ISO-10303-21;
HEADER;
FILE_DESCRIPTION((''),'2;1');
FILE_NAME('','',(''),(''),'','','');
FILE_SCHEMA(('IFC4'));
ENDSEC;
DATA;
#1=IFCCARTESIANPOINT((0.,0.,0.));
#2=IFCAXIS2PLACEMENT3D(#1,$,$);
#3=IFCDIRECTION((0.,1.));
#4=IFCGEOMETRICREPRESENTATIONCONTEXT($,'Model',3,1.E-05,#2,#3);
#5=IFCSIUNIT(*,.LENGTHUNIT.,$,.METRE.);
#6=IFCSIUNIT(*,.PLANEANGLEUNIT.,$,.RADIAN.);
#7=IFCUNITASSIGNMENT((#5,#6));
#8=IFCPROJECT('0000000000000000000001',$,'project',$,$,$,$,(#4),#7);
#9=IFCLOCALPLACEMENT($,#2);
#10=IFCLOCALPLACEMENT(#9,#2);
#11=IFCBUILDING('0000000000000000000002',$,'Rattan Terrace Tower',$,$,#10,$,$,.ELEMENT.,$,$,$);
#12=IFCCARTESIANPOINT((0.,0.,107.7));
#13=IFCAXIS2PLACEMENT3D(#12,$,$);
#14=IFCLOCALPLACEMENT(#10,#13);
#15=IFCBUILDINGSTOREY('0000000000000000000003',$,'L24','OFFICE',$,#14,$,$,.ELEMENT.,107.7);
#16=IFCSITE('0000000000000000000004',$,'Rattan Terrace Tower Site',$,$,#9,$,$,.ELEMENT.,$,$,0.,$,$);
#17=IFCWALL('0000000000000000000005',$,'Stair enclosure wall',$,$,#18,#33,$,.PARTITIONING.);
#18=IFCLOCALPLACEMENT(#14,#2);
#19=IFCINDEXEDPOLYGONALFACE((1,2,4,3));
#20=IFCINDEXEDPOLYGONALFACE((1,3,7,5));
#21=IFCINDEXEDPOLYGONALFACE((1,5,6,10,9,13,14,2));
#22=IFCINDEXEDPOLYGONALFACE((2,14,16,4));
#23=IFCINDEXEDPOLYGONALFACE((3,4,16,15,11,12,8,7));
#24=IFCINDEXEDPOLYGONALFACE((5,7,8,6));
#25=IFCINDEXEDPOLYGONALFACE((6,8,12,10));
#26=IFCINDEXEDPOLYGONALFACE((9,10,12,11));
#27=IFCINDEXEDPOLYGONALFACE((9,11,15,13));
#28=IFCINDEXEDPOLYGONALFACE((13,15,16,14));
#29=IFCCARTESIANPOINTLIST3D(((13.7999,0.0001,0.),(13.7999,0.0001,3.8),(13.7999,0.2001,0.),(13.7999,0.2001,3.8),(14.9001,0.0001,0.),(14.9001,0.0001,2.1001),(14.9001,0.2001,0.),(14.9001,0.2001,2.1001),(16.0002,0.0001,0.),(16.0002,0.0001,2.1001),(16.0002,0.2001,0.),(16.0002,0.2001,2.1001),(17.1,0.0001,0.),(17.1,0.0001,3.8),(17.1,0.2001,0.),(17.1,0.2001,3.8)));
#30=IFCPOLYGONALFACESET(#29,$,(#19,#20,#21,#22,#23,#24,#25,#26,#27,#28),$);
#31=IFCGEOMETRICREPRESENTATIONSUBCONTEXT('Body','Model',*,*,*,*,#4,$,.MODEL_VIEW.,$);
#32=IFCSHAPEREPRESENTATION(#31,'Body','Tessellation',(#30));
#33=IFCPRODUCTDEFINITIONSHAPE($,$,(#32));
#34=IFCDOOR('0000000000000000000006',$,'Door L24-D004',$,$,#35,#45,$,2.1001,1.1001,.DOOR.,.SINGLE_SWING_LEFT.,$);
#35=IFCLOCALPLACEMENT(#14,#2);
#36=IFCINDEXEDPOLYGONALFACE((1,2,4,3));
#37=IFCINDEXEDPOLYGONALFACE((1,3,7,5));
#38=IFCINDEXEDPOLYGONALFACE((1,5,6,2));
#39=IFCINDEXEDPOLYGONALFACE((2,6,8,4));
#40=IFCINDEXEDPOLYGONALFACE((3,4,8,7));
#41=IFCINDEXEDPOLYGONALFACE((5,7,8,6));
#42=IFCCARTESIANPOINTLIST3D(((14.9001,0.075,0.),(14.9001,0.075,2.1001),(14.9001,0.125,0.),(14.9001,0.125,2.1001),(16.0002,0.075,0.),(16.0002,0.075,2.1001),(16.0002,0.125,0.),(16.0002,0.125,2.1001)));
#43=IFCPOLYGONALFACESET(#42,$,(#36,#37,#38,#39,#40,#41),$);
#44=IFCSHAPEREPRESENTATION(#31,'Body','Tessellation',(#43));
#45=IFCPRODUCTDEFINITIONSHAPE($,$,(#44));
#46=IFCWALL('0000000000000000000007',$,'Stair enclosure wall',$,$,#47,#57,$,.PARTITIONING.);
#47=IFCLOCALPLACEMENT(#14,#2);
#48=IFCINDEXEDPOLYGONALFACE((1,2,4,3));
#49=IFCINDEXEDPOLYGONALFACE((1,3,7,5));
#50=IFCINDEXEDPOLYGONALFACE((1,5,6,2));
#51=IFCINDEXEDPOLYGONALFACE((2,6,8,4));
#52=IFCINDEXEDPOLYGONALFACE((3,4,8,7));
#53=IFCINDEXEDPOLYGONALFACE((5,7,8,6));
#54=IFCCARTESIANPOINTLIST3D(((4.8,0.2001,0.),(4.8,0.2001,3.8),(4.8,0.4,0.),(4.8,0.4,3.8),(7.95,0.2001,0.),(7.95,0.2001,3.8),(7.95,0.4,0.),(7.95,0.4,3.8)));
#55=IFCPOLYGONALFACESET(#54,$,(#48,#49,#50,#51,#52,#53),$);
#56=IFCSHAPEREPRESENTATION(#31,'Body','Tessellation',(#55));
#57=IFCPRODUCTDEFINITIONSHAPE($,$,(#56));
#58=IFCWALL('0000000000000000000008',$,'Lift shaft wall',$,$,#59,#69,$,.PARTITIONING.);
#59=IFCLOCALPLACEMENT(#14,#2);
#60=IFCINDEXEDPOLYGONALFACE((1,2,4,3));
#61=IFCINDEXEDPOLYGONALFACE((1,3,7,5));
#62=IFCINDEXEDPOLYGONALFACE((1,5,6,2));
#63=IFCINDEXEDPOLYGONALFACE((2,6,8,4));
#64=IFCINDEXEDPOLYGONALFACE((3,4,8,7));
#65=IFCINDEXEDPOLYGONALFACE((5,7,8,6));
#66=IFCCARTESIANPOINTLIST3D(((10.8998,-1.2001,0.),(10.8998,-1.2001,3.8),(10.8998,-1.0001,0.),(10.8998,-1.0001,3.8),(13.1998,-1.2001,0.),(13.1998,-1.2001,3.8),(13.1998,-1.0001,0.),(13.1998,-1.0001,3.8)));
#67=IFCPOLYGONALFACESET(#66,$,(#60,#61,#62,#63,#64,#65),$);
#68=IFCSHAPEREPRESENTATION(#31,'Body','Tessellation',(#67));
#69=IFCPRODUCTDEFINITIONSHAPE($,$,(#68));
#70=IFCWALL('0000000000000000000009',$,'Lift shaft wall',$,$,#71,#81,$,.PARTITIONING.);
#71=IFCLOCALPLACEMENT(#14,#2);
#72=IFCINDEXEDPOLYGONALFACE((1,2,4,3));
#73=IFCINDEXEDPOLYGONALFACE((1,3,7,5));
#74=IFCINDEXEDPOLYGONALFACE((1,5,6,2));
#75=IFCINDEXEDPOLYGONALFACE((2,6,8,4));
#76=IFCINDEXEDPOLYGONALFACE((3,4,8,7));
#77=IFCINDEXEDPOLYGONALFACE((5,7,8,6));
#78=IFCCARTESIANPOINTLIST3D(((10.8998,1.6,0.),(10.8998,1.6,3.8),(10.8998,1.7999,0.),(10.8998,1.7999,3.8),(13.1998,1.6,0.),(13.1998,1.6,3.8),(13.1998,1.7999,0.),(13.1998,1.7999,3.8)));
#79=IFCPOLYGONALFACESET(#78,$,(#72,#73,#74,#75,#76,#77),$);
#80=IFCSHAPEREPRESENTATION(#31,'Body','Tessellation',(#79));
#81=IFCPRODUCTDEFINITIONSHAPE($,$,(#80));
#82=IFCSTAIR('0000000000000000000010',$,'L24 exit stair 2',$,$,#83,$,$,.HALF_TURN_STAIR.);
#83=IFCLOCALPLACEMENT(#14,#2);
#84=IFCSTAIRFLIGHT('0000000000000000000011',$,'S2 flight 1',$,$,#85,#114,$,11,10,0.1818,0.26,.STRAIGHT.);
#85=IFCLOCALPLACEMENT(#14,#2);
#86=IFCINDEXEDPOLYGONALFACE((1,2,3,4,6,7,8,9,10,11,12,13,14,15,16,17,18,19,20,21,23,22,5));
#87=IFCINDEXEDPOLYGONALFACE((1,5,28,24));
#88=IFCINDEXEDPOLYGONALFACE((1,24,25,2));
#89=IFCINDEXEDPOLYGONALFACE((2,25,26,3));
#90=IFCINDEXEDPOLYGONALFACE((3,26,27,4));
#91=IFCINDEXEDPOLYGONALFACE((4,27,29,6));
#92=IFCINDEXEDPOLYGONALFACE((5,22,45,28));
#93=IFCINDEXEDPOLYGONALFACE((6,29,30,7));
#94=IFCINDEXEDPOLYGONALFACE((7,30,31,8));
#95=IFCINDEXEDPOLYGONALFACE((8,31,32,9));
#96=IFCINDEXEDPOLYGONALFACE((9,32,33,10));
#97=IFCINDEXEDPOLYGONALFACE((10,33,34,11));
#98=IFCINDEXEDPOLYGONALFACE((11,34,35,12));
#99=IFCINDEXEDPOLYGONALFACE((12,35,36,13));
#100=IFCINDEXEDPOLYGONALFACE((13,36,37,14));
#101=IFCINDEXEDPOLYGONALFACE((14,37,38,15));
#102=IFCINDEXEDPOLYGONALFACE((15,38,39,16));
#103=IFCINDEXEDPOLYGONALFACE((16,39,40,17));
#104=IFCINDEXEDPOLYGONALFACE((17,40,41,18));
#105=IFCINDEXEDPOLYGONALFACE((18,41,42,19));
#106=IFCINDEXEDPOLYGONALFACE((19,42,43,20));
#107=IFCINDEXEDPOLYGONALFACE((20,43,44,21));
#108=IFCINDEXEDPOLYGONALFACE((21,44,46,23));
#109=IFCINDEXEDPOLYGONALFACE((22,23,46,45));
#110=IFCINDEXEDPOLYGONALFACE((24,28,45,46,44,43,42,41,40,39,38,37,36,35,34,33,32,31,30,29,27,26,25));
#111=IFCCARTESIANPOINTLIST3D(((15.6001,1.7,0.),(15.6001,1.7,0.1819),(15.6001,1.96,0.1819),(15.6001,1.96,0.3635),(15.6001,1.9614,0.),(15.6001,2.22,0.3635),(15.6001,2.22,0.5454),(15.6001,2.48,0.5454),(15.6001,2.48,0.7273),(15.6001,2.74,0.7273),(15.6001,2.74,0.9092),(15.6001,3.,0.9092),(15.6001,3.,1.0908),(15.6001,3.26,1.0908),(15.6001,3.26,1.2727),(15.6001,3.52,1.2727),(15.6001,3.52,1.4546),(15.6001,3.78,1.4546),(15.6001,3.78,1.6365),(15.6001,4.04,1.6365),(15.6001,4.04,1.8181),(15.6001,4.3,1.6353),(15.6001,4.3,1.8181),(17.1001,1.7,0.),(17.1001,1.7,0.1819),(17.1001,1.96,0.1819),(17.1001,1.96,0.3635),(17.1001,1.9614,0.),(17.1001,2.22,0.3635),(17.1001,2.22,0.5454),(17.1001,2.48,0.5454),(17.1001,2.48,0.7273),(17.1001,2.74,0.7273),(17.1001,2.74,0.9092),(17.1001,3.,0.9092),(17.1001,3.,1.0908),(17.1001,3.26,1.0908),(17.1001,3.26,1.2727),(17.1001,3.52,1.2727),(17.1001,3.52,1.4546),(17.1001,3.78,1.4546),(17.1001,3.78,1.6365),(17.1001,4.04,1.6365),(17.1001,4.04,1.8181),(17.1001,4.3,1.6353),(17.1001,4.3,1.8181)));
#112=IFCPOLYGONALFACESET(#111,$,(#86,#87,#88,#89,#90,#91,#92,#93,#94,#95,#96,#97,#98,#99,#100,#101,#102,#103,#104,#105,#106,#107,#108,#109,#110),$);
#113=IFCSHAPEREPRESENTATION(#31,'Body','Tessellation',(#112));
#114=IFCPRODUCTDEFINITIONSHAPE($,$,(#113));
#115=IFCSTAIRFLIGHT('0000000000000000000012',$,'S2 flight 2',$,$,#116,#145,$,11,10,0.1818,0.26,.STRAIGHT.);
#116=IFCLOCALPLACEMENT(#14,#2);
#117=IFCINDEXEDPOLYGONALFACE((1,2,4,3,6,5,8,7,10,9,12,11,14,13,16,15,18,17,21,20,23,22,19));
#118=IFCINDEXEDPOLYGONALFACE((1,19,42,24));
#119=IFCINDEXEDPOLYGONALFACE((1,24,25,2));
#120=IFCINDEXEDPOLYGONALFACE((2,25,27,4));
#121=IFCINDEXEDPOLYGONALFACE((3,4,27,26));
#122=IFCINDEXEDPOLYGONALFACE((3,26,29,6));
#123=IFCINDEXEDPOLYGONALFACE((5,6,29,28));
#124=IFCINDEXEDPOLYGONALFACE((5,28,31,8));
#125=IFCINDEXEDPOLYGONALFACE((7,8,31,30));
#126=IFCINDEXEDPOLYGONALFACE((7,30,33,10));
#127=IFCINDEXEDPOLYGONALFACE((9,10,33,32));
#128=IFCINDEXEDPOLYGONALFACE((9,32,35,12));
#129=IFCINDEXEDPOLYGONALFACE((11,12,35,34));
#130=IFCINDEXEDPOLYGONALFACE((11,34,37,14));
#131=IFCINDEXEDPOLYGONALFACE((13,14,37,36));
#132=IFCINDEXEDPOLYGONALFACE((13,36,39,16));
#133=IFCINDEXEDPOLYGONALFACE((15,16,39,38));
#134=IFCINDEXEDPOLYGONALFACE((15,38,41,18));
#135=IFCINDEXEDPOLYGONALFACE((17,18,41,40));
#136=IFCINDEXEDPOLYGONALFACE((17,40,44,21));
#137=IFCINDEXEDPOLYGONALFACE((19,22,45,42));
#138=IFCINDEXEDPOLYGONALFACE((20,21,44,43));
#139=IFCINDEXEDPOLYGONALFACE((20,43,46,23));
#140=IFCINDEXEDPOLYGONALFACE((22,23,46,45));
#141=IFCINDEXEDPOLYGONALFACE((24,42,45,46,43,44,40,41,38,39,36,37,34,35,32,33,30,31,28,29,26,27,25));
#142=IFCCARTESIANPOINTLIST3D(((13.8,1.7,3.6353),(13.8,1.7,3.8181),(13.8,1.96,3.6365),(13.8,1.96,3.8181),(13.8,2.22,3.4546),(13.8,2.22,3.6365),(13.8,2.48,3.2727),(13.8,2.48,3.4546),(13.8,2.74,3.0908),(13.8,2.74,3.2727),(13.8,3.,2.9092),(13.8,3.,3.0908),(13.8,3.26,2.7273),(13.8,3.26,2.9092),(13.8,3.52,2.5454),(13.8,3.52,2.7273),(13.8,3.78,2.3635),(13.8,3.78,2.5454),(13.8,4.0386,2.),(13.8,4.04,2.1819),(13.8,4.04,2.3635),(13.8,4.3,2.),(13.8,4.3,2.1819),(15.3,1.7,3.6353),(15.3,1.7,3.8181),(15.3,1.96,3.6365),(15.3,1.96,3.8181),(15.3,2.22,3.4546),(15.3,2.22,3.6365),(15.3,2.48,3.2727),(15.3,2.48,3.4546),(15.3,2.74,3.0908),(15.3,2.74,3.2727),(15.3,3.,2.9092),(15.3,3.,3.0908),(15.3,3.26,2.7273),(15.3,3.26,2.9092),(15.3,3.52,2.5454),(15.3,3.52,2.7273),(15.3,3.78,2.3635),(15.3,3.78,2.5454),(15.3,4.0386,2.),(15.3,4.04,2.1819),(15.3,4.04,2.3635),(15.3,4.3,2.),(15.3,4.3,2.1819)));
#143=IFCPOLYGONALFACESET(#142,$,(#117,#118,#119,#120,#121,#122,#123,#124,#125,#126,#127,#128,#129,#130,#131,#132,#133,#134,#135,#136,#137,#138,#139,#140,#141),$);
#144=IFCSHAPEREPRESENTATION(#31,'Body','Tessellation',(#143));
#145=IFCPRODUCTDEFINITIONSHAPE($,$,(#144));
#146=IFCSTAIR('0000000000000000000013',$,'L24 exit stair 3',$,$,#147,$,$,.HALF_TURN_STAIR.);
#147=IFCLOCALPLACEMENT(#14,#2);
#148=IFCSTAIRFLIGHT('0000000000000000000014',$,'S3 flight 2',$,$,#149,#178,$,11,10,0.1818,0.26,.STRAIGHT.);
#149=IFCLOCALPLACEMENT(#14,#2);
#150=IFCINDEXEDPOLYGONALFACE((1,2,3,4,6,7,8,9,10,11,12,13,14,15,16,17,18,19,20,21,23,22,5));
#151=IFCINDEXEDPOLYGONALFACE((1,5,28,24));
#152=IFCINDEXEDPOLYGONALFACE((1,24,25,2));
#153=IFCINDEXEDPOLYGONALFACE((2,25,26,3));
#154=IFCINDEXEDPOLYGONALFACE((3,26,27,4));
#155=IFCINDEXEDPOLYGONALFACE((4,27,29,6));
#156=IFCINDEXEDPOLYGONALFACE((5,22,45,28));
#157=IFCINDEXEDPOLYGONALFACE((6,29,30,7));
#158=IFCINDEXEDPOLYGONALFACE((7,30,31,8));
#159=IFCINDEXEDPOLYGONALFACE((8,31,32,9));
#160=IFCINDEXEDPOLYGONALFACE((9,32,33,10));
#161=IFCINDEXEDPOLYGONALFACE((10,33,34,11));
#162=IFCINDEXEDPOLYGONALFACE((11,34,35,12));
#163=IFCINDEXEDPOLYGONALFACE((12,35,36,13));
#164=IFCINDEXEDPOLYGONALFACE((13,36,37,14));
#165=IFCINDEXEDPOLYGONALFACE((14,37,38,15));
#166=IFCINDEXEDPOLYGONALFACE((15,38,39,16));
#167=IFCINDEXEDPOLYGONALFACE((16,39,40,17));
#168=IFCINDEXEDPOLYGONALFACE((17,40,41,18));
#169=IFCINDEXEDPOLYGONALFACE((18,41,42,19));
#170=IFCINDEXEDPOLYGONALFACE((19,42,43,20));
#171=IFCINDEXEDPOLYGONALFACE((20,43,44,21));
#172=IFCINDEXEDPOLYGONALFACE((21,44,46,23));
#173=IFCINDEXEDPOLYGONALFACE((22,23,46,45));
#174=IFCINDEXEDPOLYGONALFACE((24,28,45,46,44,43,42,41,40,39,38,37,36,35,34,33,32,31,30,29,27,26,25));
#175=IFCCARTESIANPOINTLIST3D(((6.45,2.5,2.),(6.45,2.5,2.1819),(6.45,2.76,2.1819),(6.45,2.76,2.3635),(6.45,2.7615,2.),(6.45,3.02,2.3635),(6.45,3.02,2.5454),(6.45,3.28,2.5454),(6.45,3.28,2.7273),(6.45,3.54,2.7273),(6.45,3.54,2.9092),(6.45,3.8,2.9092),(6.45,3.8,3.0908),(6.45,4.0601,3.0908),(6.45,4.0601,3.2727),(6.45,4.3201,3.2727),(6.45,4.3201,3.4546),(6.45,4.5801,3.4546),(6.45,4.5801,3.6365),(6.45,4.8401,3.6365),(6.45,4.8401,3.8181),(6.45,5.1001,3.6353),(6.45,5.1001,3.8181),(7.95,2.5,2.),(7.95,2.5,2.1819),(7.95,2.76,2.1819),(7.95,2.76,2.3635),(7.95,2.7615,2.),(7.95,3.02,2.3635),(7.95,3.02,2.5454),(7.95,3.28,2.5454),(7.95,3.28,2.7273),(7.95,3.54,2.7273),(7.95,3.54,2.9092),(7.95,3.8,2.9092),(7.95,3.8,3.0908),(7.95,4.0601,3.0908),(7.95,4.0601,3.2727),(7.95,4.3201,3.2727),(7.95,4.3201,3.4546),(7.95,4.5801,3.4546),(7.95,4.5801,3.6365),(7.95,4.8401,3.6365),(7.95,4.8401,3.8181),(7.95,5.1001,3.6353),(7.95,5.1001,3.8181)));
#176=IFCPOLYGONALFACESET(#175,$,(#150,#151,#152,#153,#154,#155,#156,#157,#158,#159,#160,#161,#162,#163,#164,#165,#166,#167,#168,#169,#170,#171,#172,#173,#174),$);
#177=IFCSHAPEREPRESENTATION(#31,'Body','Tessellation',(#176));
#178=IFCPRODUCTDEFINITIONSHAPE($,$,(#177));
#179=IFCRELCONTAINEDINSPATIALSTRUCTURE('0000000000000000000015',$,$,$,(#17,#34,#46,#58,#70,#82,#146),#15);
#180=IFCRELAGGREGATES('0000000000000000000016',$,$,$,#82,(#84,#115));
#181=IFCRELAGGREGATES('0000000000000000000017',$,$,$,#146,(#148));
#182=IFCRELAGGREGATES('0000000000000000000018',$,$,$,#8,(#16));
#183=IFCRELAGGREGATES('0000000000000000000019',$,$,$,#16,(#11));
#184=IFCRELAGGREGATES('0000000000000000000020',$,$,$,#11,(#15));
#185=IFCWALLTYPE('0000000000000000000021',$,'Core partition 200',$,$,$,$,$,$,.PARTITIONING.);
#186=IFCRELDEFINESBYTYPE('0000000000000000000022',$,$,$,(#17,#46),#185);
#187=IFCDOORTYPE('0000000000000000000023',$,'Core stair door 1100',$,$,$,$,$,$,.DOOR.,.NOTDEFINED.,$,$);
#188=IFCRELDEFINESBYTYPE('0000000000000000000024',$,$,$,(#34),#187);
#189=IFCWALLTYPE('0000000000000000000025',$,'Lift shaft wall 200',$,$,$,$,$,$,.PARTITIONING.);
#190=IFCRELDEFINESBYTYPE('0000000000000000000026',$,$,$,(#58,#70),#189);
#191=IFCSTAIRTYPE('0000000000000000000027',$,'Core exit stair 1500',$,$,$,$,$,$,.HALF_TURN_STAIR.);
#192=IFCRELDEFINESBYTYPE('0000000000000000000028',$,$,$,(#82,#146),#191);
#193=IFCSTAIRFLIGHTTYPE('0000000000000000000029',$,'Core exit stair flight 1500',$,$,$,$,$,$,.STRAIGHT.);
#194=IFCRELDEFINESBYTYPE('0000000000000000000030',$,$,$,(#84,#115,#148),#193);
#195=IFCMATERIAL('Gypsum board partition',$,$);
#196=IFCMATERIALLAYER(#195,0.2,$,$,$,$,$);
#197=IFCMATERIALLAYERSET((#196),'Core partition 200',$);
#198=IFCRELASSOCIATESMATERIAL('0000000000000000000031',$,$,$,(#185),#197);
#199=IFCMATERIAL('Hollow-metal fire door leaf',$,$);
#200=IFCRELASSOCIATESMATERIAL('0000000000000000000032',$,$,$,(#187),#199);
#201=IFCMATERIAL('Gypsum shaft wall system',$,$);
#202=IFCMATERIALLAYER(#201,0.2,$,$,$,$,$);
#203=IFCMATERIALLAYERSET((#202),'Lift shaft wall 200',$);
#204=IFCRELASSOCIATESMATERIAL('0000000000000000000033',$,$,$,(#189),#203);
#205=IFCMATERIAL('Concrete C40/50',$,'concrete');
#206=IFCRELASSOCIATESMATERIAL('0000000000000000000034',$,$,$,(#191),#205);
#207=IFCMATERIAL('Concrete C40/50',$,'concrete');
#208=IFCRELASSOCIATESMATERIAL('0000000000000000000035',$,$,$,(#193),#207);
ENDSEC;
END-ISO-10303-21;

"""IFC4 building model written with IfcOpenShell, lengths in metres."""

from ifc_helpers import new_model, si_unit, direction, frame, frame_2d, origin, place, context, subcontext, project, spatial, polyline, rectangle, outline, extrude, material, layer, layer_set, type_object, element, fill, aggregate, save


model = new_model("IFC4")

# Units and contexts
model_context = context("Model", 3, precision=1e-05, world=origin(), true_north=direction((0.0, 1.0)))
body_context = subcontext(model_context, "Body", "Model", "MODEL_VIEW")
ifc_project = project(units=[si_unit("LENGTHUNIT", "METRE"), si_unit("PLANEANGLEUNIT", "RADIAN")], contexts=[model_context])

# Site, building, storey
site_placement = place(None, origin())
site = spatial("IfcSite", under=ifc_project, at=site_placement, Name="Rattan Terrace Tower Site", CompositionType="ELEMENT", RefElevation=0.0)
building_placement = place(site_placement, origin())
building = spatial("IfcBuilding", under=site, at=building_placement, Name="Rattan Terrace Tower", CompositionType="ELEMENT")
storey_placement = place(building_placement, frame((0.0, 0.0, 107.7)))
storey = spatial("IfcBuildingStorey", under=building, at=storey_placement, Name="L24", Description="OFFICE", CompositionType="ELEMENT", Elevation=107.7)

# Wall, opening, door
ifc_material_1 = material(Name="Gypsum board partition")
ifc_layer_1 = layer(ifc_material_1, 0.2)
ifc_layer_set_1 = layer_set([ifc_layer_1], Name="Core partition 200")
wall_type_1 = type_object("IfcWallType", Name="Core partition 200", PredefinedType="PARTITIONING", material=ifc_layer_set_1)
wall_1_placement = place(storey_placement, frame((13.8, 0.1001, 0.0), z_axis=(0.0, 0.0, 1.0), x_axis=(1.0, 0.0, 0.0)))
wall_1 = element("IfcWall", 1, at=wall_1_placement, inside=storey, type_object=wall_type_1, Name="Stair enclosure wall", PredefinedType="PARTITIONING", context=body_context, shape_type="SweptSolid", body=[
    extrude(rectangle(XDim=3.3, YDim=0.2, at=frame_2d((1.6499, 0.0))), origin(), (0.0, 0.0, 1.0), 3.8),
])
opening_1_placement = place(wall_1_placement, frame((1.1001, 0.0, 0.0)))
opening_1 = element("IfcOpeningElement", 2, at=opening_1_placement, cuts=wall_1, PredefinedType="OPENING", context=body_context, shape_type="SweptSolid", body=[
    extrude(rectangle(XDim=1.1001, YDim=2.1001, at=frame_2d((0.55, 1.05))), frame((0.0, 0.1106, 0.0), z_axis=(0.0, -1.0, 0.0), x_axis=(1.0, 0.0, 0.0)), (0.0, 0.0, 1.0), 0.2209),
])
ifc_material_2 = material(Name="Hollow-metal fire door leaf")
door_type_1 = type_object("IfcDoorType", Name="Core stair door 1100", OperationType="NOTDEFINED", PredefinedType="DOOR", material=ifc_material_2)
door_1_placement = place(opening_1_placement, origin())
door_1 = element("IfcDoor", 3, at=door_1_placement, inside=storey, type_object=door_type_1, Name="Door L24-D004", OperationType="SINGLE_SWING_LEFT", OverallHeight=2.1001, OverallWidth=1.1001, PredefinedType="DOOR", context=body_context, shape_type="SweptSolid", body=[
    extrude(rectangle(XDim=1.1001, YDim=2.1001, at=frame_2d((0.55, 1.05))), frame((0.0, 0.0249, 0.0), z_axis=(0.0, -1.0, 0.0), x_axis=(1.0, 0.0, 0.0)), (0.0, 0.0, 1.0), 0.05),
])
fill(opening_1, door_1)

# Walls
wall_2_placement = place(storey_placement, frame((4.8, 0.3, 0.0), z_axis=(0.0, 0.0, 1.0), x_axis=(1.0, 0.0, 0.0)))
element("IfcWall", 4, at=wall_2_placement, inside=storey, type_object=wall_type_1, Name="Stair enclosure wall", PredefinedType="PARTITIONING", context=body_context, shape_type="SweptSolid", body=[
    extrude(rectangle(XDim=3.1499, YDim=0.2, at=frame_2d((1.575, 0.0))), origin(), (0.0, 0.0, 1.0), 3.8),
])
ifc_material_3 = material(Name="Gypsum shaft wall system")
ifc_layer_2 = layer(ifc_material_3, 0.2)
ifc_layer_set_2 = layer_set([ifc_layer_2], Name="Lift shaft wall 200")
wall_type_2 = type_object("IfcWallType", Name="Lift shaft wall 200", PredefinedType="PARTITIONING", material=ifc_layer_set_2)
for number, where, z_axis, x_axis, name in (
    (5, (10.8999, -1.1001, 0.0), (0.0, 0.0, 1.0), (1.0, 0.0, 0.0), "Lift shaft wall"),
    (6, (10.8999, 1.7, 0.0), (0.0, 0.0, 1.0), (1.0, 0.0, 0.0), "Lift shaft wall"),
):
    element("IfcWall", number, at=place(storey_placement, frame(where, z_axis=z_axis, x_axis=x_axis)), inside=storey, type_object=wall_type_2, Name=name, PredefinedType="PARTITIONING", context=body_context, shape_type="SweptSolid", body=[
        extrude(rectangle(XDim=2.3, YDim=0.2, at=frame_2d((1.1499, 0.0))), origin(), (0.0, 0.0, 1.0), 3.8),
    ])

# Stair, stair flights
ifc_material_4 = material(Name="Concrete C40/50", Category="concrete")
stair_type = type_object("IfcStairType", Name="Core exit stair 1500", PredefinedType="HALF_TURN_STAIR", material=ifc_material_4)
stair_1_placement = place(storey_placement, origin())
stair_1 = element("IfcStair", 7, at=stair_1_placement, inside=storey, type_object=stair_type, Name="L24 exit stair 2", PredefinedType="HALF_TURN_STAIR")
ifc_material_5 = material(Name="Concrete C40/50", Category="concrete")
stair_flight_type = type_object("IfcStairFlightType", Name="Core exit stair flight 1500", PredefinedType="STRAIGHT", material=ifc_material_5)
stair_flight_1_placement = place(storey_placement, frame((16.3501, 1.7, 0.0), z_axis=(0.0, 0.0, 1.0), x_axis=(0.0, 1.0, 0.0)))
stair_flight_1 = element("IfcStairFlight", 8, at=stair_flight_1_placement, type_object=stair_flight_type, Name="S2 flight 1", NumberOfRisers=11, NumberOfTreads=10, PredefinedType="STRAIGHT", RiserHeight=0.1818, TreadLength=0.26, context=body_context, shape_type="SweptSolid", body=[
    extrude(outline(polyline([(0.0, 0.0), (0.0, 0.1819), (0.26, 0.1819), (0.26, 0.3635), (0.52, 0.3635), (0.52, 0.5454), (0.78, 0.5454), (0.78, 0.7273), (1.04, 0.7273), (1.04, 0.9092), (1.3, 0.9092), (1.3, 1.0908), (1.5601, 1.0908), (1.5601, 1.2727), (1.8201, 1.2727), (1.8201, 1.4546), (2.0801, 1.4546), (2.0801, 1.6365), (2.3401, 1.6365), (2.3401, 1.8181), (2.6001, 1.8181), (2.6001, 2.0), (2.6001, 1.6353), (0.2615, 0.0), (0.0, 0.0)])), frame((0.0, 0.75, 0.0), z_axis=(0.0, -1.0, 0.0), x_axis=(1.0, 0.0, 0.0)), (0.0, 0.0, 1.0), 1.5),
])
stair_flight_2_placement = place(storey_placement, frame((14.55, 4.3, 2.0), z_axis=(0.0, 0.0, 1.0), x_axis=(0.0, -1.0, 0.0)))
stair_flight_2 = element("IfcStairFlight", 9, at=stair_flight_2_placement, type_object=stair_flight_type, Name="S2 flight 2", NumberOfRisers=11, NumberOfTreads=10, PredefinedType="STRAIGHT", RiserHeight=0.1818, TreadLength=0.26, context=body_context, shape_type="SweptSolid", body=[
    extrude(outline(polyline([(0.0, 0.0), (0.0, 0.1819), (0.26, 0.1819), (0.26, 0.3635), (0.52, 0.3635), (0.52, 0.5454), (0.78, 0.5454), (0.78, 0.7273), (1.04, 0.7273), (1.04, 0.9092), (1.3, 0.9092), (1.3, 1.0908), (1.5601, 1.0908), (1.5601, 1.2727), (1.8201, 1.2727), (1.8201, 1.4546), (2.0801, 1.4546), (2.0801, 1.6365), (2.3401, 1.6365), (2.3401, 1.8181), (2.6001, 1.8181), (2.6001, 2.0), (2.6001, 1.6353), (0.2615, 0.0), (0.0, 0.0)])), frame((0.0, 0.75, 0.0), z_axis=(0.0, -1.0, 0.0), x_axis=(1.0, 0.0, 0.0)), (0.0, 0.0, 1.0), 1.5),
])
aggregate(stair_1, [stair_flight_1, stair_flight_2])

# Stair, stair flight
stair_2_placement = place(storey_placement, origin())
stair_2 = element("IfcStair", 10, at=stair_2_placement, inside=storey, type_object=stair_type, Name="L24 exit stair 3", PredefinedType="HALF_TURN_STAIR")
stair_flight_3_placement = place(storey_placement, frame((7.2, 2.5, 2.0), z_axis=(0.0, 0.0, 1.0), x_axis=(0.0, 1.0, 0.0)))
stair_flight_3 = element("IfcStairFlight", 11, at=stair_flight_3_placement, type_object=stair_flight_type, Name="S3 flight 2", NumberOfRisers=11, NumberOfTreads=10, PredefinedType="STRAIGHT", RiserHeight=0.1818, TreadLength=0.26, context=body_context, shape_type="SweptSolid", body=[
    extrude(outline(polyline([(0.0, 0.0), (0.0, 0.1819), (0.26, 0.1819), (0.26, 0.3635), (0.52, 0.3635), (0.52, 0.5454), (0.78, 0.5454), (0.78, 0.7273), (1.04, 0.7273), (1.04, 0.9092), (1.3, 0.9092), (1.3, 1.0908), (1.5601, 1.0908), (1.5601, 1.2727), (1.8201, 1.2727), (1.8201, 1.4546), (2.0801, 1.4546), (2.0801, 1.6365), (2.3401, 1.6365), (2.3401, 1.8181), (2.6001, 1.8181), (2.6001, 2.0), (2.6001, 1.6353), (0.2615, 0.0), (0.0, 0.0)])), frame((0.0, 0.75, 0.0), z_axis=(0.0, -1.0, 0.0), x_axis=(1.0, 0.0, 0.0)), (0.0, 0.0, 1.0), 1.5),
])
aggregate(stair_2, [stair_flight_3])

save(model, "model.ifc")
